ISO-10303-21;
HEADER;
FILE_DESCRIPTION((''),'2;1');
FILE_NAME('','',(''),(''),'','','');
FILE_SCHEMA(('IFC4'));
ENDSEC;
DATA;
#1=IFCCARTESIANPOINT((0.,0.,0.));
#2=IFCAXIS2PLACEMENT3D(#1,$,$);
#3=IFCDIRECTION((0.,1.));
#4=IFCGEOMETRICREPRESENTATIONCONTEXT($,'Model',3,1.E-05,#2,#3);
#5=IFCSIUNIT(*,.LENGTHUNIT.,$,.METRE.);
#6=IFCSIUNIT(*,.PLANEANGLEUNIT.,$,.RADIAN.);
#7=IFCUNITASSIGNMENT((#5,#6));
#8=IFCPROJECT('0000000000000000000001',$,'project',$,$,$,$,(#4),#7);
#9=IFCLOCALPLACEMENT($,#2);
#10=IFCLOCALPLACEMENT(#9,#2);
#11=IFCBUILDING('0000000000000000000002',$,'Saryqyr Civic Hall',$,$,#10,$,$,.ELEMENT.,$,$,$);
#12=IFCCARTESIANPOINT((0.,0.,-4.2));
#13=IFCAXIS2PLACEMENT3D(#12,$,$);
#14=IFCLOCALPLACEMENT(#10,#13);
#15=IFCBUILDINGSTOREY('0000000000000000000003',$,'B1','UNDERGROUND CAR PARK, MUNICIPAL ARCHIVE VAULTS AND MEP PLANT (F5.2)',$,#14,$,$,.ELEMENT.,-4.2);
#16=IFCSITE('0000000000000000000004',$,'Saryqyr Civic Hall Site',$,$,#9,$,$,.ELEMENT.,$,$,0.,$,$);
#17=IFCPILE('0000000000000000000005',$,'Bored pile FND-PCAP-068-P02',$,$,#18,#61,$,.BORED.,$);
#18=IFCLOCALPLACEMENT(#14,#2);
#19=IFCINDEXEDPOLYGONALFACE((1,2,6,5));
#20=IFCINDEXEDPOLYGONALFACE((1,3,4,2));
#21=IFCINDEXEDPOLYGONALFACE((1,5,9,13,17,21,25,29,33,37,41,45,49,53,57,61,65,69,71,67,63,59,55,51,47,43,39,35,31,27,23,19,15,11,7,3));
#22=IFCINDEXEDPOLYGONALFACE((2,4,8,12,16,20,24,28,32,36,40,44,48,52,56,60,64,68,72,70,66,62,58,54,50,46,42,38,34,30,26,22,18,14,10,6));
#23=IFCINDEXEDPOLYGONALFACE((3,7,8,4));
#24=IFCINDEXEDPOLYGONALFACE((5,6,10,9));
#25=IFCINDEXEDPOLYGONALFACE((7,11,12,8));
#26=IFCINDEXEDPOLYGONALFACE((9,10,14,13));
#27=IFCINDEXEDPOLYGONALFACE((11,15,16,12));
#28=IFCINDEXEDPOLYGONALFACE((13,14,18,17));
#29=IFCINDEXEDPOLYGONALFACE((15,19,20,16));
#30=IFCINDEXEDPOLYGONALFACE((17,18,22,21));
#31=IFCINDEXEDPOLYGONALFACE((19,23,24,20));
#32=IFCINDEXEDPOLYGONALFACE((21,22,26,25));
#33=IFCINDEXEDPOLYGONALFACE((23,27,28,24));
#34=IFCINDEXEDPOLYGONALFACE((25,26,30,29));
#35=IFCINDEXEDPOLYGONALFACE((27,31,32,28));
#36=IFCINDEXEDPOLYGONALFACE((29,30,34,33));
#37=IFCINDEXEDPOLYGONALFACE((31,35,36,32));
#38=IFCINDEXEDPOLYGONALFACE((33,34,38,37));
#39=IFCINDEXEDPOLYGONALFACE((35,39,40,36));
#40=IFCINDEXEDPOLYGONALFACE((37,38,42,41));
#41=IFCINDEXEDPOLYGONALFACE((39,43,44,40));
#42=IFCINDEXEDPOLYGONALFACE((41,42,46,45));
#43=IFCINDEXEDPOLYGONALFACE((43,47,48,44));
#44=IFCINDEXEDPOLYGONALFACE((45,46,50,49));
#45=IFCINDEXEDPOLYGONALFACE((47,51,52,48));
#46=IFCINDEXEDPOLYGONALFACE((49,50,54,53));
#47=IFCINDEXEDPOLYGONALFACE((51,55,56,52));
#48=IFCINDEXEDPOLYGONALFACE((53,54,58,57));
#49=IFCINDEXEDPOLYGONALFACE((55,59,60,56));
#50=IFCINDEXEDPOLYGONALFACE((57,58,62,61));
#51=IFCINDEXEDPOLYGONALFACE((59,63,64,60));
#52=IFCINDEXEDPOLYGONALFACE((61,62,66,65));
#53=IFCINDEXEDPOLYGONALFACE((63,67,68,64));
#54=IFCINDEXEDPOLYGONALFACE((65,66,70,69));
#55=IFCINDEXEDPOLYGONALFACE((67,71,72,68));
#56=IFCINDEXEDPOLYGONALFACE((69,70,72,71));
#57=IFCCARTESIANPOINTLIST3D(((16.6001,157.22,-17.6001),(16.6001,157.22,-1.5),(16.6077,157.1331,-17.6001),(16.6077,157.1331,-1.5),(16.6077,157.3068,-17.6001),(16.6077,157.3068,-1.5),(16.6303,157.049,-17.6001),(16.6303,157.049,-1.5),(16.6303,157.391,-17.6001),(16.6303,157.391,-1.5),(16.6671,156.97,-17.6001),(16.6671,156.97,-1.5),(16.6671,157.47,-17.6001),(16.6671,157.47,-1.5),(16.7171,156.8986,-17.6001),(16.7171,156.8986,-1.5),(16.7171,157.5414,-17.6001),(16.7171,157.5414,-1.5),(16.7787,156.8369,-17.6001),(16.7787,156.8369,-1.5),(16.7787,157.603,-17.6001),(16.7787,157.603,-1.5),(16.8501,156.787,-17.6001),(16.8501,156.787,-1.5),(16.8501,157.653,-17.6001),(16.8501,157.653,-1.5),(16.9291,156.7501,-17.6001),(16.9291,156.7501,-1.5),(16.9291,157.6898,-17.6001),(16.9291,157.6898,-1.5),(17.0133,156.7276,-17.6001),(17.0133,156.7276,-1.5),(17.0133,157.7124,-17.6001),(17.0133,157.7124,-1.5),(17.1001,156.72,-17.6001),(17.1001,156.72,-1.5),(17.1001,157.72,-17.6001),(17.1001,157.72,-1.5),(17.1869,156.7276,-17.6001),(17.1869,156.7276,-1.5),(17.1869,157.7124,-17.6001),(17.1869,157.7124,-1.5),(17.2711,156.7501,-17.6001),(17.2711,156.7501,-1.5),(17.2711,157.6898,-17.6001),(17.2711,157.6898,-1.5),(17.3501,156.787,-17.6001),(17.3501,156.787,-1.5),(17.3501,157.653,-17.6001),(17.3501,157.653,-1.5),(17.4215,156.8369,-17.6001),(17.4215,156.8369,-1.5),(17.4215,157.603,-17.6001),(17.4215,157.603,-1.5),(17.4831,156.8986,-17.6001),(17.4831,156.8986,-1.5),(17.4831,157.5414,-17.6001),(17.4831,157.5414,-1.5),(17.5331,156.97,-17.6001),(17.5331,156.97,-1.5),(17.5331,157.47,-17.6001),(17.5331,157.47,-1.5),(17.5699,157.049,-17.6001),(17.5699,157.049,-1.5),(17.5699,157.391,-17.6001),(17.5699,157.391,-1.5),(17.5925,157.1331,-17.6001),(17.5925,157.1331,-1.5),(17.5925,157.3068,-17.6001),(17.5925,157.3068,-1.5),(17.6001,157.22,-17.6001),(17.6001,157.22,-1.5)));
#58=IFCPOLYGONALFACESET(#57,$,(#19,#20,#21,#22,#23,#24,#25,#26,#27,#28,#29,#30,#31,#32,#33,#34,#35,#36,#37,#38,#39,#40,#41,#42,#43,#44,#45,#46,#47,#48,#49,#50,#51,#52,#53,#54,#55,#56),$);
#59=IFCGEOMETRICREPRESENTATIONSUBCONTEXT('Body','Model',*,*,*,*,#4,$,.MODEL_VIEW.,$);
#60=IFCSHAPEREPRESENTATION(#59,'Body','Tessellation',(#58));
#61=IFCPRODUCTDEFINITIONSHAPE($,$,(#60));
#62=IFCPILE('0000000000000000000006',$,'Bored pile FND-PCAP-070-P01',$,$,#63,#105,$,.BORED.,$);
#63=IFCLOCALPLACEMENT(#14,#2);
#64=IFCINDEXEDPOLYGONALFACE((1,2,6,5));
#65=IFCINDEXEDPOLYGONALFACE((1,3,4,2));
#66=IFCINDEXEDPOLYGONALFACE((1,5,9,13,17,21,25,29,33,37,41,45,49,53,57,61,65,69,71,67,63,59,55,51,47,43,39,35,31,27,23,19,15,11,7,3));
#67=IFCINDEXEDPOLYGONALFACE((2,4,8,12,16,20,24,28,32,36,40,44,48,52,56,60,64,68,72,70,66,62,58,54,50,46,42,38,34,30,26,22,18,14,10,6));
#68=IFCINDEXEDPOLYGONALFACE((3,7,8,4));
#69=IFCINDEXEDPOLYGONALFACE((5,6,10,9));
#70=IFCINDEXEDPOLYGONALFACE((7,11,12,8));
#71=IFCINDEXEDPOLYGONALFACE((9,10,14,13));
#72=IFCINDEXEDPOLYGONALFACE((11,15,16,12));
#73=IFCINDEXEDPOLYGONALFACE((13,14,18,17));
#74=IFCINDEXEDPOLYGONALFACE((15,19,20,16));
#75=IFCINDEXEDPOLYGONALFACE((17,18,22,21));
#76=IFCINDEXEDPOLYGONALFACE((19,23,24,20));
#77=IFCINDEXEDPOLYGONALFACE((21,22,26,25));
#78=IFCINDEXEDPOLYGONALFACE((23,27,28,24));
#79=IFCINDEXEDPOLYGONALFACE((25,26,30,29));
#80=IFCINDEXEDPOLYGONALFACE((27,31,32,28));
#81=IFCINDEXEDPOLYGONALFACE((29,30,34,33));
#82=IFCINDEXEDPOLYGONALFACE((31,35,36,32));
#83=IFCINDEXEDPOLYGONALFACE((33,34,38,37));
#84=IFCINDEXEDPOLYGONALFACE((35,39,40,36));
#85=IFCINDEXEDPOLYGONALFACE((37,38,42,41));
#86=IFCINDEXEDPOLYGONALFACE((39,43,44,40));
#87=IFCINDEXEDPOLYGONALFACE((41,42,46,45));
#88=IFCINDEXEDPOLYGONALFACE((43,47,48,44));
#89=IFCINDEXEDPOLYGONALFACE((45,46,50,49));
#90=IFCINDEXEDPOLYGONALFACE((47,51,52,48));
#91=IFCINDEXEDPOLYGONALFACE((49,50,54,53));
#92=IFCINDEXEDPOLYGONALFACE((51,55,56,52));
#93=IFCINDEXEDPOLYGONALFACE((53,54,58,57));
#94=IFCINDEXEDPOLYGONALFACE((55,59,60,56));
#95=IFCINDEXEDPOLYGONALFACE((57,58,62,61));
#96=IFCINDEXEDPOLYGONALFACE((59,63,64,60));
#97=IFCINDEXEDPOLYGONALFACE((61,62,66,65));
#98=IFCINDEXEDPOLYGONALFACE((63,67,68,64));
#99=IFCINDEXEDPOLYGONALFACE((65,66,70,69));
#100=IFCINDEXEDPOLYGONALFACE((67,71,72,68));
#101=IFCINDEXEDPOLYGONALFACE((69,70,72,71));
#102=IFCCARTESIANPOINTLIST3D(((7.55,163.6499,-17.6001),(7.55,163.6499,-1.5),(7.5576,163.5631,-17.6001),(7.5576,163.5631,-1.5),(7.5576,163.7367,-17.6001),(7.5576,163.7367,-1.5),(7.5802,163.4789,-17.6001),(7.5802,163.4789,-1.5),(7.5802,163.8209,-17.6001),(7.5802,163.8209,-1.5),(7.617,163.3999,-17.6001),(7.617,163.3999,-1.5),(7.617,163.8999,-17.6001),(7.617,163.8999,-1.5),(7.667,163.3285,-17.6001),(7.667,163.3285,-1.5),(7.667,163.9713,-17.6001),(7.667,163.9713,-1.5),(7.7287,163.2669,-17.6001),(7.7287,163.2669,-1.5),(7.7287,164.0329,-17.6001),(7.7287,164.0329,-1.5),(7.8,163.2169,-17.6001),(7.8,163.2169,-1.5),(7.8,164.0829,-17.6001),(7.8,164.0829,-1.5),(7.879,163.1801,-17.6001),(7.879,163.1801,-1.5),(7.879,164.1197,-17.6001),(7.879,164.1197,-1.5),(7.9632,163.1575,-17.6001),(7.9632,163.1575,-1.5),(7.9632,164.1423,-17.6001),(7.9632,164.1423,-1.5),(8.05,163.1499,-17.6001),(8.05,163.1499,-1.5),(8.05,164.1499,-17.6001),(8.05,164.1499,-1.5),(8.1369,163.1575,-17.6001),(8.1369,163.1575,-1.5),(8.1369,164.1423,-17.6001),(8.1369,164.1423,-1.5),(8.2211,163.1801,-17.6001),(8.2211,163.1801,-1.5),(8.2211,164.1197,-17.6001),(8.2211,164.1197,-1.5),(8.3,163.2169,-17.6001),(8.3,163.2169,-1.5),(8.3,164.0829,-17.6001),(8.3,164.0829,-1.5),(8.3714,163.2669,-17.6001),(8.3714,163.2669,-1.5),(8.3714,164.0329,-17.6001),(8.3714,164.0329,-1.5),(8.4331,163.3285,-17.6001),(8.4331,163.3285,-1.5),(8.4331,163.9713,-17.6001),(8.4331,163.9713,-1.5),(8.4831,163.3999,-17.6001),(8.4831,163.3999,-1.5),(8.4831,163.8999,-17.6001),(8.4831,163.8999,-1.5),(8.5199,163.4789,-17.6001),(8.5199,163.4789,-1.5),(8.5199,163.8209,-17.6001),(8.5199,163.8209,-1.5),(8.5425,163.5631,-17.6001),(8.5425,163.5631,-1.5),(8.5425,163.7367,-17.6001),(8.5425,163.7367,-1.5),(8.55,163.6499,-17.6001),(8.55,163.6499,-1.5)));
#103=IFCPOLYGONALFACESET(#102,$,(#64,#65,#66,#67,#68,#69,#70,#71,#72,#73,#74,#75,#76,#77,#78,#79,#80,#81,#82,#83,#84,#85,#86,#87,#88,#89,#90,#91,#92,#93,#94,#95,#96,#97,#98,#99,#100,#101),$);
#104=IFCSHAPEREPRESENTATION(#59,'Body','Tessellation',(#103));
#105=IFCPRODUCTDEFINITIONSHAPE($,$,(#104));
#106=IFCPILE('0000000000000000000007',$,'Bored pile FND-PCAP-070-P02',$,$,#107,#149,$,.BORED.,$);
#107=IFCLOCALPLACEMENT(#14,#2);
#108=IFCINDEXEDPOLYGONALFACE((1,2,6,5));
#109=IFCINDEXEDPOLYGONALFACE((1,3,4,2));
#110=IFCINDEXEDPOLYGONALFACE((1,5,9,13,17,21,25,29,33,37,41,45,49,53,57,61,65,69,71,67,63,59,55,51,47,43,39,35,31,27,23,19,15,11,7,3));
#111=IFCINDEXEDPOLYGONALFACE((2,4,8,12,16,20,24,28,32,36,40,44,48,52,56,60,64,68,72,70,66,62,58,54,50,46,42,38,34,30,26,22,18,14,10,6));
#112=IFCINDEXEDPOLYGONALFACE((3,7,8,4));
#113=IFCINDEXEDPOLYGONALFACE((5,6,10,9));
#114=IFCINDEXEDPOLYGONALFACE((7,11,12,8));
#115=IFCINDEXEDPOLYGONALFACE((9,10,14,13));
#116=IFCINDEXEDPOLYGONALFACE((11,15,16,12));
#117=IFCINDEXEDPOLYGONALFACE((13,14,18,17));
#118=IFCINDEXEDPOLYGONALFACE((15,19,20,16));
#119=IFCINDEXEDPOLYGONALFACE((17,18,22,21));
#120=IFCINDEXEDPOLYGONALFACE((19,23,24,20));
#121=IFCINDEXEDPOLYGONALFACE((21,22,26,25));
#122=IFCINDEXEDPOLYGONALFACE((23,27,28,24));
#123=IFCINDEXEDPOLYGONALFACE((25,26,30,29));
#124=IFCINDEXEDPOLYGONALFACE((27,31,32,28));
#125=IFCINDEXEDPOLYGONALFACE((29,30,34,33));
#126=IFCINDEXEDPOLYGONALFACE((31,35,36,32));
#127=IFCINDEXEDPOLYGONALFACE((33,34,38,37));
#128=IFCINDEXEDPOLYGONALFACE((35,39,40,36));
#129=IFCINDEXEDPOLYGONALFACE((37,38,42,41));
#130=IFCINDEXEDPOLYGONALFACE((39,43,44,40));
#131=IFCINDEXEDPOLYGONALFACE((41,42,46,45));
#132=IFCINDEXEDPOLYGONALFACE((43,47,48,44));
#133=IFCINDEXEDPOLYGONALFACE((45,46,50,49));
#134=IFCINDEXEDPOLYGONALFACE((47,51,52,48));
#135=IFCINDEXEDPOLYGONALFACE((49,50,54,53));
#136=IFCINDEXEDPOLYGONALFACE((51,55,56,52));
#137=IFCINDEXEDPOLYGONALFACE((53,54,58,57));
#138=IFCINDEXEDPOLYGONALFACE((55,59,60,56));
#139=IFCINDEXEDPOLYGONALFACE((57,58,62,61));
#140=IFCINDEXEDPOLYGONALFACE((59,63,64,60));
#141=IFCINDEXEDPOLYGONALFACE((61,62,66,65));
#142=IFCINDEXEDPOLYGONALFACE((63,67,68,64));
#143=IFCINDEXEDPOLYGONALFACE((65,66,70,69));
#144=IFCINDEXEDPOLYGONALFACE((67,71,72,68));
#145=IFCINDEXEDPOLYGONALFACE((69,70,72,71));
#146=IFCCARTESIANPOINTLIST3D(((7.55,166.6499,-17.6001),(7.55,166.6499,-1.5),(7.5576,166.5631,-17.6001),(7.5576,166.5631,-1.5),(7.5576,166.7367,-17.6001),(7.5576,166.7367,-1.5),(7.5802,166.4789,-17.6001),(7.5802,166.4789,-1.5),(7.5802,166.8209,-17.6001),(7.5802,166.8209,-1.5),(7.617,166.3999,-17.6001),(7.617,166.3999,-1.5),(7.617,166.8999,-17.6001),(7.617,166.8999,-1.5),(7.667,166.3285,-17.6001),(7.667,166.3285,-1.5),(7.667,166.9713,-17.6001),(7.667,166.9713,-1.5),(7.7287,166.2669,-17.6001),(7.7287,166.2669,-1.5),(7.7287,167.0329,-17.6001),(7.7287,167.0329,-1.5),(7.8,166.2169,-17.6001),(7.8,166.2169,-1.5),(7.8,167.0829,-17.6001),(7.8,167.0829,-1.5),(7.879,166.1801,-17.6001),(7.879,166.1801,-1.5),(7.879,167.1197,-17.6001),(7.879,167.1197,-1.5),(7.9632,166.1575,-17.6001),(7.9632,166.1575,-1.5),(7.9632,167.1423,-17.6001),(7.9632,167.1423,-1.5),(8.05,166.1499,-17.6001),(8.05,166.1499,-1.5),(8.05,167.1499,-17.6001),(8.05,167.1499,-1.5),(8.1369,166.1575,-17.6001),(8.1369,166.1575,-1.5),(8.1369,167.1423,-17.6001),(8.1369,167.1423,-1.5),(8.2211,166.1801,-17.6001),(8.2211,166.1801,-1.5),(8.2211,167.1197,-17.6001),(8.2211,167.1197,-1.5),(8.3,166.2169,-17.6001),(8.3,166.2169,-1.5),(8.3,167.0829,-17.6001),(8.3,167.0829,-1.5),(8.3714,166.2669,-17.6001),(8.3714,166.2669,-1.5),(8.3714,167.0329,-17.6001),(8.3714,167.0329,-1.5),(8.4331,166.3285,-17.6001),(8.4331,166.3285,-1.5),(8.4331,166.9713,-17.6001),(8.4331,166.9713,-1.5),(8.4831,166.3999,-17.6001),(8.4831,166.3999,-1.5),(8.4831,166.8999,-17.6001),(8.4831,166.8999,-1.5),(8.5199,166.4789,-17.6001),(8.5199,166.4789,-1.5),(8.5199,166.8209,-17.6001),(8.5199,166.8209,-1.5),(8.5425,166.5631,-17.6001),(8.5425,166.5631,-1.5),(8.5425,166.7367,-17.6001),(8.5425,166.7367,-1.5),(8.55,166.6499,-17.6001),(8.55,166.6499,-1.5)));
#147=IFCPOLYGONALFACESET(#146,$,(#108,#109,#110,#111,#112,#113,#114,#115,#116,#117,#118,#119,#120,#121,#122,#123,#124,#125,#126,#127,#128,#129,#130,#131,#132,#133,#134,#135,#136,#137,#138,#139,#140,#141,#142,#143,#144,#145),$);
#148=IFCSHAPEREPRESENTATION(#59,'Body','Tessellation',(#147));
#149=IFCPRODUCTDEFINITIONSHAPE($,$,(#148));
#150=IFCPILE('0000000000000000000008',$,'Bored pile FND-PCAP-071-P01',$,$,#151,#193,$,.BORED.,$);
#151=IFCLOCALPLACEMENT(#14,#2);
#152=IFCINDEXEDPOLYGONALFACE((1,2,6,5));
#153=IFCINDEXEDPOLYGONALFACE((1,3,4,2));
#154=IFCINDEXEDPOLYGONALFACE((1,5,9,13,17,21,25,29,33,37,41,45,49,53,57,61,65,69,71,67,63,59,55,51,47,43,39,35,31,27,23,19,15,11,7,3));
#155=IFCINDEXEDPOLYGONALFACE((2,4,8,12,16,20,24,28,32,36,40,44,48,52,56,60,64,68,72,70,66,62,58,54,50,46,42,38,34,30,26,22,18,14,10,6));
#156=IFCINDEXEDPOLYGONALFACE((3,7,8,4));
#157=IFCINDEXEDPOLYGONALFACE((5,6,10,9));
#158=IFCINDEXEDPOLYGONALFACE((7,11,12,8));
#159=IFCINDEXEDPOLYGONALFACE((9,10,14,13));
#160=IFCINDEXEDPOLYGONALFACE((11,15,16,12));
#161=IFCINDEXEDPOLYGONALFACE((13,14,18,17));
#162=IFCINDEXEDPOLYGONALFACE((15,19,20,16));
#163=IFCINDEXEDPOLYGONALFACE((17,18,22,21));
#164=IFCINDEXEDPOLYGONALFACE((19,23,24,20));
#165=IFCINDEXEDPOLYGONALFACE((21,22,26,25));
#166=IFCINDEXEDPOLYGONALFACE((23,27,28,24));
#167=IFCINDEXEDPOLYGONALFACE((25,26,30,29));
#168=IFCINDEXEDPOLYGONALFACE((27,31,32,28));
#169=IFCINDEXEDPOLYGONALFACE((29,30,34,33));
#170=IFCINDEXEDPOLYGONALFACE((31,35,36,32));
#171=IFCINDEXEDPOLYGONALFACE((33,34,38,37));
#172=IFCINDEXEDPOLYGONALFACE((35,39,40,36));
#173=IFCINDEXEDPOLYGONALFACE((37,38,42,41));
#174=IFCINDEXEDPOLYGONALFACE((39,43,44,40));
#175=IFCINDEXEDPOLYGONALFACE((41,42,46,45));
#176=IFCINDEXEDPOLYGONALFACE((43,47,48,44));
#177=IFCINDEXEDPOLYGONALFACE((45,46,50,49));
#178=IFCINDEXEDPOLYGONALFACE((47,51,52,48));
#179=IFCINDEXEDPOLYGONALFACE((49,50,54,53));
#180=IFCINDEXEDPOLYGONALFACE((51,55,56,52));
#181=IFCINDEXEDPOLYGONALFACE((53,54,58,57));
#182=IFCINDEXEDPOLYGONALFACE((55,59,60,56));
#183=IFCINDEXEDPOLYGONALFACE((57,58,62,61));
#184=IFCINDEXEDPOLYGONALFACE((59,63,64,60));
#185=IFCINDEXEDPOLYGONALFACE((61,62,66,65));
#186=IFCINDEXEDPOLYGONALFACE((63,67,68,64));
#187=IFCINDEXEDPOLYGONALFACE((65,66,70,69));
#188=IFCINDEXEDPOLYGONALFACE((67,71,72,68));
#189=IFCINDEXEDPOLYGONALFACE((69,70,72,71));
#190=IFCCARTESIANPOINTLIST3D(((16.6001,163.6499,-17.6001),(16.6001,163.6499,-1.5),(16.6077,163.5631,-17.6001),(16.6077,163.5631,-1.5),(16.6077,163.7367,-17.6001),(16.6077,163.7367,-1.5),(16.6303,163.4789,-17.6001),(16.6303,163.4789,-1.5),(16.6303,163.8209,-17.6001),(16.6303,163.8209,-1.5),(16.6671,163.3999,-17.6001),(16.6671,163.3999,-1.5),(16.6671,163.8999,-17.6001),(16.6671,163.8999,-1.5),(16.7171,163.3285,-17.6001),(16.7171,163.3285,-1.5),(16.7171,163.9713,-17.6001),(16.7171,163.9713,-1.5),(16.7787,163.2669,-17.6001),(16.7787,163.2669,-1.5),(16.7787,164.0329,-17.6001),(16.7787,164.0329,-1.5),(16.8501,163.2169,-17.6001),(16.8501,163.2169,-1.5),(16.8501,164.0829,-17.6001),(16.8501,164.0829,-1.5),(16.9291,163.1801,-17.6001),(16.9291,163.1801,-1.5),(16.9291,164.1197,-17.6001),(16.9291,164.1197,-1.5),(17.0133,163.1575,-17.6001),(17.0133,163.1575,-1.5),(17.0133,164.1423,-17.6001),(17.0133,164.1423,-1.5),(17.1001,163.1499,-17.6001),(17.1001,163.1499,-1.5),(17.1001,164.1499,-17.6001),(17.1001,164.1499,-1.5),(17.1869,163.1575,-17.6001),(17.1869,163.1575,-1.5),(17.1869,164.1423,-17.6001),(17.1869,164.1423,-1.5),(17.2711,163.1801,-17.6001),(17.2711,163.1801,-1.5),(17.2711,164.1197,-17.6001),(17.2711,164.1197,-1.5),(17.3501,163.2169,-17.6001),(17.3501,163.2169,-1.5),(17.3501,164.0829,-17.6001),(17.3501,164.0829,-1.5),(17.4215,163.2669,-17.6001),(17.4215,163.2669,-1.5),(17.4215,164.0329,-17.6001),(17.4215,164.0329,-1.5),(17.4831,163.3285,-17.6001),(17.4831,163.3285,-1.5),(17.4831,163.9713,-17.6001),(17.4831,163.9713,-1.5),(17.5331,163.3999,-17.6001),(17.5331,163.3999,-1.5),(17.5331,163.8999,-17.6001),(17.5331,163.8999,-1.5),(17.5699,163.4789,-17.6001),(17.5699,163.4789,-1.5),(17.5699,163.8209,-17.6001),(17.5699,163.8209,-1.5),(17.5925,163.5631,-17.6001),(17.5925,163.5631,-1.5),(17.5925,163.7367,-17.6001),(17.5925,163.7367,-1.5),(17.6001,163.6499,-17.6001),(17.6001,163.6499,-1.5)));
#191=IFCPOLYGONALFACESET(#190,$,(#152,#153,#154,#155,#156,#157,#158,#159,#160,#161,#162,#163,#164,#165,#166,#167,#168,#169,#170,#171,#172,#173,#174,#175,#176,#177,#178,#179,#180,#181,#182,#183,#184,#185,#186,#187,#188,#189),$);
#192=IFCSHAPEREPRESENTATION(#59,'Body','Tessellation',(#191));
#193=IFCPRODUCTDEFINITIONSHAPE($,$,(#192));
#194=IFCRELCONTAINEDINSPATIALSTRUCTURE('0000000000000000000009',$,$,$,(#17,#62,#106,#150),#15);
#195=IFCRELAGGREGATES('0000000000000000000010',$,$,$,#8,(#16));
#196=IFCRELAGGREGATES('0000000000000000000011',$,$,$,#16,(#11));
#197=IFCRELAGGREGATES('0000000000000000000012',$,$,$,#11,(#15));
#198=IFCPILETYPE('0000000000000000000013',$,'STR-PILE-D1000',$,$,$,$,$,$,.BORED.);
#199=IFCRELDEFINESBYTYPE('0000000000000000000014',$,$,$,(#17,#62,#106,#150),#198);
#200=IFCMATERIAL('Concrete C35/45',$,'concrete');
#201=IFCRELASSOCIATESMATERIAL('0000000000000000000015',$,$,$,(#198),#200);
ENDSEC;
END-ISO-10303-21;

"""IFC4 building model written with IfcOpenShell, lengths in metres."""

from ifc_helpers import new_model, si_unit, direction, frame, origin, origin_2d, place, context, subcontext, project, spatial, circle, extrude, material, material_profile, profile_set, type_object, element, save


model = new_model("IFC4")

# Units and contexts
model_context = context("Model", 3, precision=1e-05, world=origin(), true_north=direction((0.0, 1.0)))
body_context = subcontext(model_context, "Body", "Model", "MODEL_VIEW")
ifc_project = project(units=[si_unit("LENGTHUNIT", "METRE"), si_unit("PLANEANGLEUNIT", "RADIAN")], contexts=[model_context])

# Site, building, storey
site_placement = place(None, origin())
site = spatial("IfcSite", under=ifc_project, at=site_placement, Name="Saryqyr Civic Hall Site", CompositionType="ELEMENT", RefElevation=0.0)
building_placement = place(site_placement, origin())
building = spatial("IfcBuilding", under=site, at=building_placement, Name="Saryqyr Civic Hall", CompositionType="ELEMENT")
storey_placement = place(building_placement, frame((0.0, 0.0, -4.2)))
storey = spatial("IfcBuildingStorey", under=building, at=storey_placement, Name="B1", Description="UNDERGROUND CAR PARK, MUNICIPAL ARCHIVE VAULTS AND MEP PLANT (F5.2)", CompositionType="ELEMENT", Elevation=-4.2)

# Shared definitions
ifc_material_1 = material(Name="Concrete C35/45", Category="concrete")

# Piles
ifc_material_profile_1 = material_profile(ifc_material_1, circle(Radius=0.5, at=origin_2d()), Name="BORED PILE D1000")
ifc_profile_set_1 = profile_set([ifc_material_profile_1], Name="Concrete C35/45")
pile_type = type_object("IfcPileType", Name="STR-PILE-D1000", PredefinedType="BORED", material=ifc_profile_set_1)
for number, where, z_axis, x_axis, name in (
    (1, (17.1001, 157.22, -1.5), (0.0, 0.0, -1.0), (1.0, 0.0, 0.0), "Bored pile FND-PCAP-068-P02"),
    (2, (8.05, 163.6499, -1.5), (0.0, 0.0, -1.0), (1.0, 0.0, 0.0), "Bored pile FND-PCAP-070-P01"),
    (3, (8.05, 166.6499, -1.5), (0.0, 0.0, -1.0), (1.0, 0.0, 0.0), "Bored pile FND-PCAP-070-P02"),
    (4, (17.1001, 163.6499, -1.5), (0.0, 0.0, -1.0), (1.0, 0.0, 0.0), "Bored pile FND-PCAP-071-P01"),
):
    element("IfcPile", number, at=place(storey_placement, frame(where, z_axis=z_axis, x_axis=x_axis)), inside=storey, type_object=pile_type, Name=name, PredefinedType="BORED", context=body_context, shape_type="SweptSolid", body=[
        extrude(circle(Radius=0.5, at=origin_2d()), origin(), (0.0, 0.0, 1.0), 16.1001),
    ])

save(model, "model.ifc")
